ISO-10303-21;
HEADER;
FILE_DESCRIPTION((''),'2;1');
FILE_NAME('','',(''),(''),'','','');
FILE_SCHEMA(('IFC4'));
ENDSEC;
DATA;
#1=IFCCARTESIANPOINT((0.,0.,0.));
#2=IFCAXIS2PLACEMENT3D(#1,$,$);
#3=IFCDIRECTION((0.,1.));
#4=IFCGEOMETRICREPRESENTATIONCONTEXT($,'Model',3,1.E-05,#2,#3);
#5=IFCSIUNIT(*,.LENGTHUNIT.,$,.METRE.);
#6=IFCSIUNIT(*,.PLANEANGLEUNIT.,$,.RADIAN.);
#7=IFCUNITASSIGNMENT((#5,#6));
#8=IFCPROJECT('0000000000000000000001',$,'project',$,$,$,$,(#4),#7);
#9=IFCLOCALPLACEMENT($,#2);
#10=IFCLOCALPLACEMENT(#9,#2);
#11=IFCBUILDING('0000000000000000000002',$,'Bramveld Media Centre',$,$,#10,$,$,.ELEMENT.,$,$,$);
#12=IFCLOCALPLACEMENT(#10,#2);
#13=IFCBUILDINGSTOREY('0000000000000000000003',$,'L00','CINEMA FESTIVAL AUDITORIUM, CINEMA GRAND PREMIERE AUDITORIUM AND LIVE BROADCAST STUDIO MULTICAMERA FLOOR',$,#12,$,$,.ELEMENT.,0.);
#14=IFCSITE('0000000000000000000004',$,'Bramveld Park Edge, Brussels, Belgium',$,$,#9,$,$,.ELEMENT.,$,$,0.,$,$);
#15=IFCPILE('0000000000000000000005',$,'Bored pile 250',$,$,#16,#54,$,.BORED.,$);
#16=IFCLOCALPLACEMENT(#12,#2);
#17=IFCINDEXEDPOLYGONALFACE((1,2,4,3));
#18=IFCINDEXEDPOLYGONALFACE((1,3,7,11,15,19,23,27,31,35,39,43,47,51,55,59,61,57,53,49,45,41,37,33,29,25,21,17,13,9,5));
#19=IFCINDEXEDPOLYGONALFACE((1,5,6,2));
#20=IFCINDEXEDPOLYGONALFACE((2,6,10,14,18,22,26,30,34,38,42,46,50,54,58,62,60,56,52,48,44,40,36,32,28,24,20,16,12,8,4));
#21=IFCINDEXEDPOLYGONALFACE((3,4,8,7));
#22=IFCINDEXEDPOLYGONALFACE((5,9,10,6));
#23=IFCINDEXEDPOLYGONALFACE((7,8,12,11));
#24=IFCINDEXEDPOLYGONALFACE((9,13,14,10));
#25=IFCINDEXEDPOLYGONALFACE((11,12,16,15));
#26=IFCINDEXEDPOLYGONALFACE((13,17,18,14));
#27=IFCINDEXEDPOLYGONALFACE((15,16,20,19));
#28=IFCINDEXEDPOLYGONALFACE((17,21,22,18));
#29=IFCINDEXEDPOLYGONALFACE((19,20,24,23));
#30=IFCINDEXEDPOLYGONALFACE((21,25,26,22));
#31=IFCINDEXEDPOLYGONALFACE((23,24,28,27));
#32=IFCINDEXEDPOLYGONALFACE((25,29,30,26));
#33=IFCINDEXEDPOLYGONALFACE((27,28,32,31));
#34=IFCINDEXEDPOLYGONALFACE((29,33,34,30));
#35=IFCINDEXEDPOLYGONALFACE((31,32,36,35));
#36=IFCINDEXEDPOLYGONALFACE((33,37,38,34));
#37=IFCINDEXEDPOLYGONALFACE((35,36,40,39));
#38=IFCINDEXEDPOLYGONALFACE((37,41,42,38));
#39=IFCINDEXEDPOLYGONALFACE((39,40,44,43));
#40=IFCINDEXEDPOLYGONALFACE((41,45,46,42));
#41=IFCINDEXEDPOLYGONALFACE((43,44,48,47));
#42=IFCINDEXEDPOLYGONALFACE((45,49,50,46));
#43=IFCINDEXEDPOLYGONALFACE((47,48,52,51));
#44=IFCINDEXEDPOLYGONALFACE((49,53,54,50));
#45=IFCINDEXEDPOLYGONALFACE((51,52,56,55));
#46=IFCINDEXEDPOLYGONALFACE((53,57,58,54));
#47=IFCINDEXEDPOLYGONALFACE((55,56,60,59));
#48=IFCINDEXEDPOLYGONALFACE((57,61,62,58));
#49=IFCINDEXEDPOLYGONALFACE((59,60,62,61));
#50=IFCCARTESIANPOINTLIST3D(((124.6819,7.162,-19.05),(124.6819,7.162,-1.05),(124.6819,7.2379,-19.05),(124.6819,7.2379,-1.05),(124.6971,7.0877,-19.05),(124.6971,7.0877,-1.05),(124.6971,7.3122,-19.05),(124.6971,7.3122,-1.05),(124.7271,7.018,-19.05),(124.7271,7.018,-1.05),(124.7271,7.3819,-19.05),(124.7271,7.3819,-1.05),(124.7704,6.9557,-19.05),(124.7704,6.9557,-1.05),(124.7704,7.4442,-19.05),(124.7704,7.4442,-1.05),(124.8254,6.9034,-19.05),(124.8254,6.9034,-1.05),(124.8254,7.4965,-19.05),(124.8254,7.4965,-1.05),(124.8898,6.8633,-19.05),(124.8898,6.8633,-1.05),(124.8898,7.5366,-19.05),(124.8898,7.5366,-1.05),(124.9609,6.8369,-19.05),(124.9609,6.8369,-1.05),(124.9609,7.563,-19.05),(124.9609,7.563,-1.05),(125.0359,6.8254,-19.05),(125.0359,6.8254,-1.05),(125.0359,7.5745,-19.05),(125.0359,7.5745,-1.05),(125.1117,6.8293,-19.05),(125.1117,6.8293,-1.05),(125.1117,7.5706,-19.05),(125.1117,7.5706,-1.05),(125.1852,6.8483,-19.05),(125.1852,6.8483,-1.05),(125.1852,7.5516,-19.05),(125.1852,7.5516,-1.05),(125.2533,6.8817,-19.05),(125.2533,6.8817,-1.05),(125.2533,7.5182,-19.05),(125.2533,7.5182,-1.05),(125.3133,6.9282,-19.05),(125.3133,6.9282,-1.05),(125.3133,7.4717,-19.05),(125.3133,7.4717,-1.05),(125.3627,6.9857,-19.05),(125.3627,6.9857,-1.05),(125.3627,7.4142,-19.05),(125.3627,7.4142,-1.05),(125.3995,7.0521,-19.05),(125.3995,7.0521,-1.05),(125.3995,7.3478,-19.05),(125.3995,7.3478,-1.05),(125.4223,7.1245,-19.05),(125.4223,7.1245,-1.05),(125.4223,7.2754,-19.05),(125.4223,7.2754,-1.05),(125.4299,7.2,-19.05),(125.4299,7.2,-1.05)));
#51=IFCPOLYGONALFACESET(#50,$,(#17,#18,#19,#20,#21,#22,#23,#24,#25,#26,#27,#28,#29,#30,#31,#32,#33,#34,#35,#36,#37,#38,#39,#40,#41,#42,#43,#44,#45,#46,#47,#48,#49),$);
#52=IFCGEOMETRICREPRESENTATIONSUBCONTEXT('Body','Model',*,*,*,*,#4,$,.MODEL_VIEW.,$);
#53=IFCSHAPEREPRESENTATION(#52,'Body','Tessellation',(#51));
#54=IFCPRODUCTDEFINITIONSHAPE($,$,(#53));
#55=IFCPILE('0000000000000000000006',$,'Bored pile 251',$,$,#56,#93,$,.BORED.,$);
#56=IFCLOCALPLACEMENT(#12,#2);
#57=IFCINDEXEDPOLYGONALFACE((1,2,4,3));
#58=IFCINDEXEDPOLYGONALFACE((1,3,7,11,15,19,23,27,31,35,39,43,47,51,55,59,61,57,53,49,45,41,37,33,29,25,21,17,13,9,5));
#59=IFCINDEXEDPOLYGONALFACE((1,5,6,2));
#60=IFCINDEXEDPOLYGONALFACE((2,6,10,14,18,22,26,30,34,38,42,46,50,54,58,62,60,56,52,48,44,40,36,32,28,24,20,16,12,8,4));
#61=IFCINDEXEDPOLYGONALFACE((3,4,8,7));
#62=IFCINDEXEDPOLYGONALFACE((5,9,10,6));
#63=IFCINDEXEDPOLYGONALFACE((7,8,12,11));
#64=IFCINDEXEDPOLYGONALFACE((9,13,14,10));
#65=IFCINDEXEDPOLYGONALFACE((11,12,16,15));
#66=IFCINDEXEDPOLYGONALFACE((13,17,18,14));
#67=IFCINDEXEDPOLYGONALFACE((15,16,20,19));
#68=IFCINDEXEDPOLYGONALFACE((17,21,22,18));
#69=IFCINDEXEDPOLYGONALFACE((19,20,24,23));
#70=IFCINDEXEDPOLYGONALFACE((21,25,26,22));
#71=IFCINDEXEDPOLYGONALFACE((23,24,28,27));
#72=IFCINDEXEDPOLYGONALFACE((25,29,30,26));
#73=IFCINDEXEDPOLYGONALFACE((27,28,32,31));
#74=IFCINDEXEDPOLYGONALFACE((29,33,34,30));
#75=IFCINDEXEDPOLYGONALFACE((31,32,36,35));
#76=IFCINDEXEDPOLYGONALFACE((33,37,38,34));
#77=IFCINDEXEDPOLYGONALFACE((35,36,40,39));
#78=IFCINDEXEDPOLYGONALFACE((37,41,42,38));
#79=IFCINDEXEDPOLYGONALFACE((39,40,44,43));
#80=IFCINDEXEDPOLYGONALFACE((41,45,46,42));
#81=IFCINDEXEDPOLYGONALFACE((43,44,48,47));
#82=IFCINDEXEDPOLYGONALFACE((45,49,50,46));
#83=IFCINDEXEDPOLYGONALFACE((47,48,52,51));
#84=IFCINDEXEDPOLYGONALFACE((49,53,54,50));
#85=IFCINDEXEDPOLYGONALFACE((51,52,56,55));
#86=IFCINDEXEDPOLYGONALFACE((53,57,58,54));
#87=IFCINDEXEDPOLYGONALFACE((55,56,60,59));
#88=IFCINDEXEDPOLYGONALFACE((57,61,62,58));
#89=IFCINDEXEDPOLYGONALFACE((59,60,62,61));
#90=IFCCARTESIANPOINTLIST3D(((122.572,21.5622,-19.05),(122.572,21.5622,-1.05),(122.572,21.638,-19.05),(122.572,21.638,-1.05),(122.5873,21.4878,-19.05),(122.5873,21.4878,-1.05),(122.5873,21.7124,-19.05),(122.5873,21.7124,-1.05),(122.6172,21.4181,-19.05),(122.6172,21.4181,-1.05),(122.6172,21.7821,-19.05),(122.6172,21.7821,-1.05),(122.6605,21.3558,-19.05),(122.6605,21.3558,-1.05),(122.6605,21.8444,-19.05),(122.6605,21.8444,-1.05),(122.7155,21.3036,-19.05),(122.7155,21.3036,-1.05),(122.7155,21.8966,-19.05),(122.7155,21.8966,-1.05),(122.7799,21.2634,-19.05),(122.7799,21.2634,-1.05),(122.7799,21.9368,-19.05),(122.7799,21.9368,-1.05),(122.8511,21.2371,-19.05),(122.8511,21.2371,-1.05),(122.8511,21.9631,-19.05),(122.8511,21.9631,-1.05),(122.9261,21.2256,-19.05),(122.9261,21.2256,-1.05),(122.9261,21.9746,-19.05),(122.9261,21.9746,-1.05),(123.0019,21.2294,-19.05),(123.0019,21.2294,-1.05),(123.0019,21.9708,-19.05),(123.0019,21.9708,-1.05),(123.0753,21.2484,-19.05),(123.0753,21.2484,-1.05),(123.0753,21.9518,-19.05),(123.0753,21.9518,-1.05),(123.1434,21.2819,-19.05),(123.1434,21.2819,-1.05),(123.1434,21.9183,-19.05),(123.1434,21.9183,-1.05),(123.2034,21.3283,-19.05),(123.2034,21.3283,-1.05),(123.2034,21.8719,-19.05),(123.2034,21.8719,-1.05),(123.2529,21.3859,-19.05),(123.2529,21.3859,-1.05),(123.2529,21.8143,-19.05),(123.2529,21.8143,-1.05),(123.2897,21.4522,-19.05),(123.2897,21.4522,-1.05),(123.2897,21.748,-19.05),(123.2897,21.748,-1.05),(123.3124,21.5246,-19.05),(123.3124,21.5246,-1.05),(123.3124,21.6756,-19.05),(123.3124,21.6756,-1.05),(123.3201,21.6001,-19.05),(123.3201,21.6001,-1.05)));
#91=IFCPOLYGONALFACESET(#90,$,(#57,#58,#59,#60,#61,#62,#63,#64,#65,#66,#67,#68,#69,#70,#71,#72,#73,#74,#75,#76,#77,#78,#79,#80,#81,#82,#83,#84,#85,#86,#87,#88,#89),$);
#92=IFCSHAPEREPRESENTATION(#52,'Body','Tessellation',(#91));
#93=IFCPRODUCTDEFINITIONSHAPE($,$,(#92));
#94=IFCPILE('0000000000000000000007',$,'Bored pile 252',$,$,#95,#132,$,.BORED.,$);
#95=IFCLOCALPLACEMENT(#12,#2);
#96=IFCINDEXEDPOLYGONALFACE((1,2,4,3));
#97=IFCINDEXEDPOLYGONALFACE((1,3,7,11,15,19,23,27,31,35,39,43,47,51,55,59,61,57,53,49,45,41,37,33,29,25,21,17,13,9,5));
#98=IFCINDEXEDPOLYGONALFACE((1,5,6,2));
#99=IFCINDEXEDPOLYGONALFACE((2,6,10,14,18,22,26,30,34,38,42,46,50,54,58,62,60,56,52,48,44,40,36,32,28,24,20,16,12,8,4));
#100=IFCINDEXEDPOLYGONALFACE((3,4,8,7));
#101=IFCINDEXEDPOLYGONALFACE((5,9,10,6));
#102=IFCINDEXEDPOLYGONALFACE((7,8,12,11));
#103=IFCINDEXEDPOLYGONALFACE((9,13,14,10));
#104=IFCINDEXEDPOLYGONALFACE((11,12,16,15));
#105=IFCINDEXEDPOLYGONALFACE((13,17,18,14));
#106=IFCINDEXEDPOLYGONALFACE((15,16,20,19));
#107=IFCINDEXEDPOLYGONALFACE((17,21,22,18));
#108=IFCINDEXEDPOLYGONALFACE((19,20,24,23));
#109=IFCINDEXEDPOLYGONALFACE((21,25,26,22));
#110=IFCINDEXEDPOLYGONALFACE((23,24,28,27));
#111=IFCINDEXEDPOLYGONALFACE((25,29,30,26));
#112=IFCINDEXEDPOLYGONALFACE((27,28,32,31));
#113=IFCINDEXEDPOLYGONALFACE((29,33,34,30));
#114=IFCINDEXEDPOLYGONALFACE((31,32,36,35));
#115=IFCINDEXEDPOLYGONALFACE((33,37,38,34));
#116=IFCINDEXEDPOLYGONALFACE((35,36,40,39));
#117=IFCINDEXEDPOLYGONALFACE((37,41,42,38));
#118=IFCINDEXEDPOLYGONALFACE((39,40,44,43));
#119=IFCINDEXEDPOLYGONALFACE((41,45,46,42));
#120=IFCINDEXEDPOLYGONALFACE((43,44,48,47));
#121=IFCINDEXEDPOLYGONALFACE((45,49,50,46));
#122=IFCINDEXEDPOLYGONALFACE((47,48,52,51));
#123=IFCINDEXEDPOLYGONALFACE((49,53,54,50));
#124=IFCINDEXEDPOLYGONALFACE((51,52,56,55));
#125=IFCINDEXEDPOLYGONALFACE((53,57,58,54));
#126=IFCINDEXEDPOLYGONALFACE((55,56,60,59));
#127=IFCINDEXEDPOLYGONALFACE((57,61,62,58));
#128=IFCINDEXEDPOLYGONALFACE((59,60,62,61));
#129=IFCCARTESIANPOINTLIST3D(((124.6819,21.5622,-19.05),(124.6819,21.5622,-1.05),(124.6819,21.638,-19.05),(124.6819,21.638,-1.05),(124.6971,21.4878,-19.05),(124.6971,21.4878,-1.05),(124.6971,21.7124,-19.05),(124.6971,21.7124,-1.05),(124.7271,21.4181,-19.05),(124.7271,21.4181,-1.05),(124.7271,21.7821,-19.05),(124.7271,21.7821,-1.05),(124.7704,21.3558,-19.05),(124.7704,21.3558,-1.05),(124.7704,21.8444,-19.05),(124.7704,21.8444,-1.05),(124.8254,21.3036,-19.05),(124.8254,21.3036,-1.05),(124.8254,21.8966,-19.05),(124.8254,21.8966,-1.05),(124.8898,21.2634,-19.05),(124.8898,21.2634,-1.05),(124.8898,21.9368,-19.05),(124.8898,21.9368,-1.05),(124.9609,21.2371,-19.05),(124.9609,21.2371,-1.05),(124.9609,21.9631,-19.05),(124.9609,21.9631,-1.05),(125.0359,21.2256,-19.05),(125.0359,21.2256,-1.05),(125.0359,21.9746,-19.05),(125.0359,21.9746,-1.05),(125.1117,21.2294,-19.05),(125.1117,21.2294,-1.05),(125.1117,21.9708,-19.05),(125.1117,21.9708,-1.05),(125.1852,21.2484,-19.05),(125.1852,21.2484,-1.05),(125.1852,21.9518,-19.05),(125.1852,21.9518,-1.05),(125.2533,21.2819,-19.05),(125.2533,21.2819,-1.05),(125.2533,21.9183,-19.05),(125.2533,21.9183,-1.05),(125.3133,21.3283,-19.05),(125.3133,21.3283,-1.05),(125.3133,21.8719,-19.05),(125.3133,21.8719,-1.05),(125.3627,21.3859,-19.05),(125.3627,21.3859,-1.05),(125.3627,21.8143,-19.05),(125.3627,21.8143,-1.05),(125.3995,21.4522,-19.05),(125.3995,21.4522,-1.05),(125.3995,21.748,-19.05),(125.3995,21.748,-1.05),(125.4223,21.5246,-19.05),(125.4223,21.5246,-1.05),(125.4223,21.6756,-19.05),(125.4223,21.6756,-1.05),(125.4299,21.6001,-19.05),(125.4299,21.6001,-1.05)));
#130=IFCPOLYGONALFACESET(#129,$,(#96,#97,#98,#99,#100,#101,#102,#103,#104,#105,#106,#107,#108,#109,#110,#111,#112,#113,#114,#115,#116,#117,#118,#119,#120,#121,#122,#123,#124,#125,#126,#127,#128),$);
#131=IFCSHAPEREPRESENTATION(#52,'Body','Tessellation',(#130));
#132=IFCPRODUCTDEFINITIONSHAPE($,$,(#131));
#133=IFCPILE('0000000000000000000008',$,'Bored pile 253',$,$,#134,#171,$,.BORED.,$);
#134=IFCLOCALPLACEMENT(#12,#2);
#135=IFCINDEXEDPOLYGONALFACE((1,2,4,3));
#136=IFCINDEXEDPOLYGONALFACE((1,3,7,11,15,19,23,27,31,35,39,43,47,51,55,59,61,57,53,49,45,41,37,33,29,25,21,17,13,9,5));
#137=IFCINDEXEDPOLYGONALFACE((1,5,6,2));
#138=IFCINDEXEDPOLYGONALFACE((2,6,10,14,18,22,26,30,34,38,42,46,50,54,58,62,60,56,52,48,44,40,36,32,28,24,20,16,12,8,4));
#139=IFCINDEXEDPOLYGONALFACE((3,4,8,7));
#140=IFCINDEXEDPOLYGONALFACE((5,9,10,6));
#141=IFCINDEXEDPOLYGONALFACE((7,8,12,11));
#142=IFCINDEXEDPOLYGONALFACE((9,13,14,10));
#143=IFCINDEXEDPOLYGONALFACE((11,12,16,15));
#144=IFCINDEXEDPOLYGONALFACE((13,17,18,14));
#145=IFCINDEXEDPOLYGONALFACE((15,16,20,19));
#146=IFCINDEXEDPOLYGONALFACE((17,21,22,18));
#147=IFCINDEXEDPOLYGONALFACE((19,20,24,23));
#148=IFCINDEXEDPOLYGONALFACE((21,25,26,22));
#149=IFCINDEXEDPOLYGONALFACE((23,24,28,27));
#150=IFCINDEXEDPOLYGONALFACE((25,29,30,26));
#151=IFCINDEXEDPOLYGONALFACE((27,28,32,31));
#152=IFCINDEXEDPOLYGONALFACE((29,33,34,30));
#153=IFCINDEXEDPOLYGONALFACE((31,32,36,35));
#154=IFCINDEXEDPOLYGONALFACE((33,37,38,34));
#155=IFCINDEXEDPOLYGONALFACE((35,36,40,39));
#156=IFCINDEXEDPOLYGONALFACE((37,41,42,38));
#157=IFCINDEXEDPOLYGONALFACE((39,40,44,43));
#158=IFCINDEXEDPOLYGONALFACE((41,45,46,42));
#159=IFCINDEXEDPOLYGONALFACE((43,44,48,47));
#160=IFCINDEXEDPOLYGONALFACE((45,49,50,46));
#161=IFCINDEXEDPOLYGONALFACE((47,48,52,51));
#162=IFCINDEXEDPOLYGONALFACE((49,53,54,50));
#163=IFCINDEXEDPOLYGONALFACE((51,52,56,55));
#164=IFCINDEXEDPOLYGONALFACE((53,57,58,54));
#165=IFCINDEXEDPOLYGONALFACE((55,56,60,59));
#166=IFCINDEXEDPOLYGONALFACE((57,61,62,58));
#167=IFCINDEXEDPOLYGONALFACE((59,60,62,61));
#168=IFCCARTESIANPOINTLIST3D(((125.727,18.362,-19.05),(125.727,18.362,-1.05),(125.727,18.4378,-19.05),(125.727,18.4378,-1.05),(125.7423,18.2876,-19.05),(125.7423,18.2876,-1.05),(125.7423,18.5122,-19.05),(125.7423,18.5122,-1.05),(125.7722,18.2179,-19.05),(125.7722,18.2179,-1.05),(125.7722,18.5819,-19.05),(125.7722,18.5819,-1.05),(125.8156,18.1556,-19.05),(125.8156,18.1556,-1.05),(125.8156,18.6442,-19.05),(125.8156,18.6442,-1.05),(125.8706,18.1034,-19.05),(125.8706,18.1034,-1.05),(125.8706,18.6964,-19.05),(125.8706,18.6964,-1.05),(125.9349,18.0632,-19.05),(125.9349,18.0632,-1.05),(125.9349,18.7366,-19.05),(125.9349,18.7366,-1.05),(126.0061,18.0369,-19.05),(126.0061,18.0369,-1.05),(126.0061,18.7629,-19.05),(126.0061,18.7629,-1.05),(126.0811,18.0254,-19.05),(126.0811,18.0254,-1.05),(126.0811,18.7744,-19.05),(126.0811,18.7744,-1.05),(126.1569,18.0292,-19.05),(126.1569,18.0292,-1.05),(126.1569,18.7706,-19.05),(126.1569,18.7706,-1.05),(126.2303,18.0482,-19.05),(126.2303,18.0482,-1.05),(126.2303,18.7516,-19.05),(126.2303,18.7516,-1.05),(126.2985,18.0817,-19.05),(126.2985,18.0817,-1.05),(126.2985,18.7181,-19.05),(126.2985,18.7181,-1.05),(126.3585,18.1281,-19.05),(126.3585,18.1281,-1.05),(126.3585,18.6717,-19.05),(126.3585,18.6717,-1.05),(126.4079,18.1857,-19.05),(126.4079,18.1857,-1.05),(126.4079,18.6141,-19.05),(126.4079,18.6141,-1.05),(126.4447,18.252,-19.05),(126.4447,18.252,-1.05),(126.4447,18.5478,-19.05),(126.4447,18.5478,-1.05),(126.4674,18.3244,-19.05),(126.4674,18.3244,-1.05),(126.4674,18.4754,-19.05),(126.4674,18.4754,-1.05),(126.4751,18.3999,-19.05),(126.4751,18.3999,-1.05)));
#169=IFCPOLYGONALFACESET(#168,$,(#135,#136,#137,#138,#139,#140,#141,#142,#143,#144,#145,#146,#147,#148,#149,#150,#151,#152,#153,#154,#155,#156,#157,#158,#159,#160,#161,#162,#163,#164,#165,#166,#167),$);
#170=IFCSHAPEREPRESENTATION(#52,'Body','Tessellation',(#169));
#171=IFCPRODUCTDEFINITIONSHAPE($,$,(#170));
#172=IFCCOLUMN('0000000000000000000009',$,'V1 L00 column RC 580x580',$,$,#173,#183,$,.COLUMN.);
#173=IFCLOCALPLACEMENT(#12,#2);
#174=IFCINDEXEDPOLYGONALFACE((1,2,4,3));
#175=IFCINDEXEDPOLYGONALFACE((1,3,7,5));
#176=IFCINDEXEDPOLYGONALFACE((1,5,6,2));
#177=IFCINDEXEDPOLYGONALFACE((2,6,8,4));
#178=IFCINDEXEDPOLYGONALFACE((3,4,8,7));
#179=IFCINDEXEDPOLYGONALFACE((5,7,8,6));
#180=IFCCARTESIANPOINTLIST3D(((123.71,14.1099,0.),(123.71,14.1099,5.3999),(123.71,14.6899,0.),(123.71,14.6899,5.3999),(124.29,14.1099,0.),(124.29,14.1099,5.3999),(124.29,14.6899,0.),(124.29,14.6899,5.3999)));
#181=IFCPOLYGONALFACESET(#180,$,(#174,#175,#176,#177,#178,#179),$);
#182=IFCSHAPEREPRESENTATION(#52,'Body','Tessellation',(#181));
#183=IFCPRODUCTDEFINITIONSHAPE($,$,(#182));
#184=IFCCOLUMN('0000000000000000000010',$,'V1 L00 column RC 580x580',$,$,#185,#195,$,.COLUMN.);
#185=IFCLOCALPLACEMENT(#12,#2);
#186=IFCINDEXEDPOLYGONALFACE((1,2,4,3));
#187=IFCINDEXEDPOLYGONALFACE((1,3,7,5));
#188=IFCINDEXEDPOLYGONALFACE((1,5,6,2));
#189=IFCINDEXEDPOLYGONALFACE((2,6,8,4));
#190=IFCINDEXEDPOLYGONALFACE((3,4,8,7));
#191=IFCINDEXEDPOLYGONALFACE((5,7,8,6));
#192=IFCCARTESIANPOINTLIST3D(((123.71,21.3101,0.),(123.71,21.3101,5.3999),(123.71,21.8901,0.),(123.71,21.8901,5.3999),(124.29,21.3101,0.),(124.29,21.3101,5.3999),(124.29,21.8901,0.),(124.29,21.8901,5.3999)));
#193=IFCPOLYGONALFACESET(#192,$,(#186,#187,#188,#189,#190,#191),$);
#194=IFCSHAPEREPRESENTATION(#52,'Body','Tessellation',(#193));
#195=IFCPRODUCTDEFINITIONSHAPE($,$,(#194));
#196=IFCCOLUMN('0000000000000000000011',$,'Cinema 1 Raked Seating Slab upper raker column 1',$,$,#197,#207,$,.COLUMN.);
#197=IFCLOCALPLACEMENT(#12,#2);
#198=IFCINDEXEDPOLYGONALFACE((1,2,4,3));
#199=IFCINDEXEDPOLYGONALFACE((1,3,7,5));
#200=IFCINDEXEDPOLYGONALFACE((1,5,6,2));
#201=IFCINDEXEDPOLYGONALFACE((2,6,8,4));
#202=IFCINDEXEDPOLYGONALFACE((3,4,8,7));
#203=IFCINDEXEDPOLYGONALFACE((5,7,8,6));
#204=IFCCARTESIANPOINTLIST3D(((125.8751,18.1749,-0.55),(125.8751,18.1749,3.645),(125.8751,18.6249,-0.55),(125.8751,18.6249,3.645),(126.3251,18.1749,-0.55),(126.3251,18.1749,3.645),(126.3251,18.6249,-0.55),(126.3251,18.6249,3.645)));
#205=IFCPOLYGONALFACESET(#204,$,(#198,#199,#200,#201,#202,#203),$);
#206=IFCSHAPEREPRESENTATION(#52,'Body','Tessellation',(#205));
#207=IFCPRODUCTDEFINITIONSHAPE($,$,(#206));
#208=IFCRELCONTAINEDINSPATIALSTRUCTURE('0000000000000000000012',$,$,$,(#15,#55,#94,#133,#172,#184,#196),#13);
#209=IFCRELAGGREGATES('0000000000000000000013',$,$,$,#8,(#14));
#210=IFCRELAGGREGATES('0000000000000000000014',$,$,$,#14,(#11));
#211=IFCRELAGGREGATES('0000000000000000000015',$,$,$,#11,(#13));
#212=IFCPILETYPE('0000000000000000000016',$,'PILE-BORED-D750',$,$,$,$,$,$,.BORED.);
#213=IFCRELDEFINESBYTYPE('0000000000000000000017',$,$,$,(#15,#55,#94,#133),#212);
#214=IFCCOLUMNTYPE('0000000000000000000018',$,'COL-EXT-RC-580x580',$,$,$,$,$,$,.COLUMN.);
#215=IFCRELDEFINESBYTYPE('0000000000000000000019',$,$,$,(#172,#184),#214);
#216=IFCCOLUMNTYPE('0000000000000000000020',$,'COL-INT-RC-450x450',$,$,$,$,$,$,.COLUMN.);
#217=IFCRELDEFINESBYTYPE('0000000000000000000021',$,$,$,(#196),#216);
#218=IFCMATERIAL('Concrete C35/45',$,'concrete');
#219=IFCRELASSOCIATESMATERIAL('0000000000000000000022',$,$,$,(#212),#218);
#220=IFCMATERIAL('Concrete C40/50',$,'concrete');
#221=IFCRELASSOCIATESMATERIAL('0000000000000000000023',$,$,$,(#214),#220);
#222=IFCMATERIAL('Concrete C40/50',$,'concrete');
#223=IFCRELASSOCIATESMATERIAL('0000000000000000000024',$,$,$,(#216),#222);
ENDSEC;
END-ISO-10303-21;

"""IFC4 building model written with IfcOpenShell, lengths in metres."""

from ifc_helpers import new_model, si_unit, direction, frame, origin, origin_2d, place, context, subcontext, project, spatial, rectangle, circle, extrude, material, material_profile, profile_set, type_object, element, save


model = new_model("IFC4")

# Units and contexts
model_context = context("Model", 3, precision=1e-05, world=origin(), true_north=direction((0.0, 1.0)))
body_context = subcontext(model_context, "Body", "Model", "MODEL_VIEW")
ifc_project = project(units=[si_unit("LENGTHUNIT", "METRE"), si_unit("PLANEANGLEUNIT", "RADIAN")], contexts=[model_context])

# Site, building, storey
site_placement = place(None, origin())
site = spatial("IfcSite", under=ifc_project, at=site_placement, Name="Bramveld Park Edge, Brussels, Belgium", CompositionType="ELEMENT", RefElevation=0.0)
building_placement = place(site_placement, origin())
building = spatial("IfcBuilding", under=site, at=building_placement, Name="Bramveld Media Centre", CompositionType="ELEMENT")
storey_placement = place(building_placement, origin())
storey = spatial("IfcBuildingStorey", under=building, at=storey_placement, Name="L00", Description="CINEMA FESTIVAL AUDITORIUM, CINEMA GRAND PREMIERE AUDITORIUM AND LIVE BROADCAST STUDIO MULTICAMERA FLOOR", CompositionType="ELEMENT", Elevation=0.0)

# Piles
ifc_material_1 = material(Name="Concrete C35/45", Category="concrete")
ifc_material_profile_1 = material_profile(ifc_material_1, circle(Radius=0.375, at=origin_2d()), Name="BORED D750")
ifc_profile_set_1 = profile_set([ifc_material_profile_1], Name="Concrete C35/45")
pile_type = type_object("IfcPileType", Name="PILE-BORED-D750", PredefinedType="BORED", material=ifc_profile_set_1)
for number, where, z_axis, x_axis, name in (
    (1, (125.0549, 7.2, -1.05), (0.0, 0.0, -1.0), (1.0, 0.0, 0.0), "Bored pile 250"),
    (2, (122.9451, 21.6001, -1.05), (0.0, 0.0, -1.0), (1.0, 0.0, 0.0), "Bored pile 251"),
    (3, (125.0549, 21.6001, -1.05), (0.0, 0.0, -1.0), (1.0, 0.0, 0.0), "Bored pile 252"),
    (4, (126.1001, 18.3999, -1.05), (0.0, 0.0, -1.0), (1.0, 0.0, 0.0), "Bored pile 253"),
):
    element("IfcPile", number, at=place(storey_placement, frame(where, z_axis=z_axis, x_axis=x_axis)), inside=storey, type_object=pile_type, Name=name, PredefinedType="BORED", context=body_context, shape_type="SweptSolid", body=[
        extrude(circle(Radius=0.375, at=origin_2d()), origin(), (0.0, 0.0, 1.0), 18.0),
    ])

# Columns
ifc_material_2 = material(Name="Concrete C40/50", Category="concrete")
ifc_material_profile_2 = material_profile(ifc_material_2, rectangle(XDim=0.5801, YDim=0.5801, at=origin_2d()), Name="RC 580x580")
ifc_profile_set_2 = profile_set([ifc_material_profile_2], Name="Concrete C40/50")
column_type_1 = type_object("IfcColumnType", Name="COL-EXT-RC-580x580", PredefinedType="COLUMN", material=ifc_profile_set_2)
for number, where, z_axis, x_axis, name in (
    (5, (124.0, 14.3999, 0.0), (0.0, 0.0, 1.0), (1.0, 0.0, 0.0), "V1 L00 column RC 580x580"),
    (6, (124.0, 21.6001, 0.0), (0.0, 0.0, 1.0), (1.0, 0.0, 0.0), "V1 L00 column RC 580x580"),
):
    element("IfcColumn", number, at=place(storey_placement, frame(where, z_axis=z_axis, x_axis=x_axis)), inside=storey, type_object=column_type_1, Name=name, PredefinedType="COLUMN", context=body_context, shape_type="SweptSolid", body=[
        extrude(rectangle(XDim=0.5801, YDim=0.5801, at=origin_2d()), origin(), (0.0, 0.0, 1.0), 5.3999),
    ])
ifc_material_3 = material(Name="Concrete C40/50", Category="concrete")
ifc_material_profile_3 = material_profile(ifc_material_3, rectangle(XDim=0.45, YDim=0.45, at=origin_2d()), Name="RC 450x450")
ifc_profile_set_3 = profile_set([ifc_material_profile_3], Name="Concrete C40/50")
column_type_2 = type_object("IfcColumnType", Name="COL-INT-RC-450x450", PredefinedType="COLUMN", material=ifc_profile_set_3)
column_1_placement = place(storey_placement, frame((126.1001, 18.3999, -0.55), z_axis=(0.0, 0.0, 1.0), x_axis=(1.0, 0.0, 0.0)))
element("IfcColumn", 7, at=column_1_placement, inside=storey, type_object=column_type_2, Name="Cinema 1 Raked Seating Slab upper raker column 1", PredefinedType="COLUMN", context=body_context, shape_type="SweptSolid", body=[
    extrude(rectangle(XDim=0.45, YDim=0.45, at=origin_2d()), origin(), (0.0, 0.0, 1.0), 4.1951),
])

save(model, "model.ifc")
